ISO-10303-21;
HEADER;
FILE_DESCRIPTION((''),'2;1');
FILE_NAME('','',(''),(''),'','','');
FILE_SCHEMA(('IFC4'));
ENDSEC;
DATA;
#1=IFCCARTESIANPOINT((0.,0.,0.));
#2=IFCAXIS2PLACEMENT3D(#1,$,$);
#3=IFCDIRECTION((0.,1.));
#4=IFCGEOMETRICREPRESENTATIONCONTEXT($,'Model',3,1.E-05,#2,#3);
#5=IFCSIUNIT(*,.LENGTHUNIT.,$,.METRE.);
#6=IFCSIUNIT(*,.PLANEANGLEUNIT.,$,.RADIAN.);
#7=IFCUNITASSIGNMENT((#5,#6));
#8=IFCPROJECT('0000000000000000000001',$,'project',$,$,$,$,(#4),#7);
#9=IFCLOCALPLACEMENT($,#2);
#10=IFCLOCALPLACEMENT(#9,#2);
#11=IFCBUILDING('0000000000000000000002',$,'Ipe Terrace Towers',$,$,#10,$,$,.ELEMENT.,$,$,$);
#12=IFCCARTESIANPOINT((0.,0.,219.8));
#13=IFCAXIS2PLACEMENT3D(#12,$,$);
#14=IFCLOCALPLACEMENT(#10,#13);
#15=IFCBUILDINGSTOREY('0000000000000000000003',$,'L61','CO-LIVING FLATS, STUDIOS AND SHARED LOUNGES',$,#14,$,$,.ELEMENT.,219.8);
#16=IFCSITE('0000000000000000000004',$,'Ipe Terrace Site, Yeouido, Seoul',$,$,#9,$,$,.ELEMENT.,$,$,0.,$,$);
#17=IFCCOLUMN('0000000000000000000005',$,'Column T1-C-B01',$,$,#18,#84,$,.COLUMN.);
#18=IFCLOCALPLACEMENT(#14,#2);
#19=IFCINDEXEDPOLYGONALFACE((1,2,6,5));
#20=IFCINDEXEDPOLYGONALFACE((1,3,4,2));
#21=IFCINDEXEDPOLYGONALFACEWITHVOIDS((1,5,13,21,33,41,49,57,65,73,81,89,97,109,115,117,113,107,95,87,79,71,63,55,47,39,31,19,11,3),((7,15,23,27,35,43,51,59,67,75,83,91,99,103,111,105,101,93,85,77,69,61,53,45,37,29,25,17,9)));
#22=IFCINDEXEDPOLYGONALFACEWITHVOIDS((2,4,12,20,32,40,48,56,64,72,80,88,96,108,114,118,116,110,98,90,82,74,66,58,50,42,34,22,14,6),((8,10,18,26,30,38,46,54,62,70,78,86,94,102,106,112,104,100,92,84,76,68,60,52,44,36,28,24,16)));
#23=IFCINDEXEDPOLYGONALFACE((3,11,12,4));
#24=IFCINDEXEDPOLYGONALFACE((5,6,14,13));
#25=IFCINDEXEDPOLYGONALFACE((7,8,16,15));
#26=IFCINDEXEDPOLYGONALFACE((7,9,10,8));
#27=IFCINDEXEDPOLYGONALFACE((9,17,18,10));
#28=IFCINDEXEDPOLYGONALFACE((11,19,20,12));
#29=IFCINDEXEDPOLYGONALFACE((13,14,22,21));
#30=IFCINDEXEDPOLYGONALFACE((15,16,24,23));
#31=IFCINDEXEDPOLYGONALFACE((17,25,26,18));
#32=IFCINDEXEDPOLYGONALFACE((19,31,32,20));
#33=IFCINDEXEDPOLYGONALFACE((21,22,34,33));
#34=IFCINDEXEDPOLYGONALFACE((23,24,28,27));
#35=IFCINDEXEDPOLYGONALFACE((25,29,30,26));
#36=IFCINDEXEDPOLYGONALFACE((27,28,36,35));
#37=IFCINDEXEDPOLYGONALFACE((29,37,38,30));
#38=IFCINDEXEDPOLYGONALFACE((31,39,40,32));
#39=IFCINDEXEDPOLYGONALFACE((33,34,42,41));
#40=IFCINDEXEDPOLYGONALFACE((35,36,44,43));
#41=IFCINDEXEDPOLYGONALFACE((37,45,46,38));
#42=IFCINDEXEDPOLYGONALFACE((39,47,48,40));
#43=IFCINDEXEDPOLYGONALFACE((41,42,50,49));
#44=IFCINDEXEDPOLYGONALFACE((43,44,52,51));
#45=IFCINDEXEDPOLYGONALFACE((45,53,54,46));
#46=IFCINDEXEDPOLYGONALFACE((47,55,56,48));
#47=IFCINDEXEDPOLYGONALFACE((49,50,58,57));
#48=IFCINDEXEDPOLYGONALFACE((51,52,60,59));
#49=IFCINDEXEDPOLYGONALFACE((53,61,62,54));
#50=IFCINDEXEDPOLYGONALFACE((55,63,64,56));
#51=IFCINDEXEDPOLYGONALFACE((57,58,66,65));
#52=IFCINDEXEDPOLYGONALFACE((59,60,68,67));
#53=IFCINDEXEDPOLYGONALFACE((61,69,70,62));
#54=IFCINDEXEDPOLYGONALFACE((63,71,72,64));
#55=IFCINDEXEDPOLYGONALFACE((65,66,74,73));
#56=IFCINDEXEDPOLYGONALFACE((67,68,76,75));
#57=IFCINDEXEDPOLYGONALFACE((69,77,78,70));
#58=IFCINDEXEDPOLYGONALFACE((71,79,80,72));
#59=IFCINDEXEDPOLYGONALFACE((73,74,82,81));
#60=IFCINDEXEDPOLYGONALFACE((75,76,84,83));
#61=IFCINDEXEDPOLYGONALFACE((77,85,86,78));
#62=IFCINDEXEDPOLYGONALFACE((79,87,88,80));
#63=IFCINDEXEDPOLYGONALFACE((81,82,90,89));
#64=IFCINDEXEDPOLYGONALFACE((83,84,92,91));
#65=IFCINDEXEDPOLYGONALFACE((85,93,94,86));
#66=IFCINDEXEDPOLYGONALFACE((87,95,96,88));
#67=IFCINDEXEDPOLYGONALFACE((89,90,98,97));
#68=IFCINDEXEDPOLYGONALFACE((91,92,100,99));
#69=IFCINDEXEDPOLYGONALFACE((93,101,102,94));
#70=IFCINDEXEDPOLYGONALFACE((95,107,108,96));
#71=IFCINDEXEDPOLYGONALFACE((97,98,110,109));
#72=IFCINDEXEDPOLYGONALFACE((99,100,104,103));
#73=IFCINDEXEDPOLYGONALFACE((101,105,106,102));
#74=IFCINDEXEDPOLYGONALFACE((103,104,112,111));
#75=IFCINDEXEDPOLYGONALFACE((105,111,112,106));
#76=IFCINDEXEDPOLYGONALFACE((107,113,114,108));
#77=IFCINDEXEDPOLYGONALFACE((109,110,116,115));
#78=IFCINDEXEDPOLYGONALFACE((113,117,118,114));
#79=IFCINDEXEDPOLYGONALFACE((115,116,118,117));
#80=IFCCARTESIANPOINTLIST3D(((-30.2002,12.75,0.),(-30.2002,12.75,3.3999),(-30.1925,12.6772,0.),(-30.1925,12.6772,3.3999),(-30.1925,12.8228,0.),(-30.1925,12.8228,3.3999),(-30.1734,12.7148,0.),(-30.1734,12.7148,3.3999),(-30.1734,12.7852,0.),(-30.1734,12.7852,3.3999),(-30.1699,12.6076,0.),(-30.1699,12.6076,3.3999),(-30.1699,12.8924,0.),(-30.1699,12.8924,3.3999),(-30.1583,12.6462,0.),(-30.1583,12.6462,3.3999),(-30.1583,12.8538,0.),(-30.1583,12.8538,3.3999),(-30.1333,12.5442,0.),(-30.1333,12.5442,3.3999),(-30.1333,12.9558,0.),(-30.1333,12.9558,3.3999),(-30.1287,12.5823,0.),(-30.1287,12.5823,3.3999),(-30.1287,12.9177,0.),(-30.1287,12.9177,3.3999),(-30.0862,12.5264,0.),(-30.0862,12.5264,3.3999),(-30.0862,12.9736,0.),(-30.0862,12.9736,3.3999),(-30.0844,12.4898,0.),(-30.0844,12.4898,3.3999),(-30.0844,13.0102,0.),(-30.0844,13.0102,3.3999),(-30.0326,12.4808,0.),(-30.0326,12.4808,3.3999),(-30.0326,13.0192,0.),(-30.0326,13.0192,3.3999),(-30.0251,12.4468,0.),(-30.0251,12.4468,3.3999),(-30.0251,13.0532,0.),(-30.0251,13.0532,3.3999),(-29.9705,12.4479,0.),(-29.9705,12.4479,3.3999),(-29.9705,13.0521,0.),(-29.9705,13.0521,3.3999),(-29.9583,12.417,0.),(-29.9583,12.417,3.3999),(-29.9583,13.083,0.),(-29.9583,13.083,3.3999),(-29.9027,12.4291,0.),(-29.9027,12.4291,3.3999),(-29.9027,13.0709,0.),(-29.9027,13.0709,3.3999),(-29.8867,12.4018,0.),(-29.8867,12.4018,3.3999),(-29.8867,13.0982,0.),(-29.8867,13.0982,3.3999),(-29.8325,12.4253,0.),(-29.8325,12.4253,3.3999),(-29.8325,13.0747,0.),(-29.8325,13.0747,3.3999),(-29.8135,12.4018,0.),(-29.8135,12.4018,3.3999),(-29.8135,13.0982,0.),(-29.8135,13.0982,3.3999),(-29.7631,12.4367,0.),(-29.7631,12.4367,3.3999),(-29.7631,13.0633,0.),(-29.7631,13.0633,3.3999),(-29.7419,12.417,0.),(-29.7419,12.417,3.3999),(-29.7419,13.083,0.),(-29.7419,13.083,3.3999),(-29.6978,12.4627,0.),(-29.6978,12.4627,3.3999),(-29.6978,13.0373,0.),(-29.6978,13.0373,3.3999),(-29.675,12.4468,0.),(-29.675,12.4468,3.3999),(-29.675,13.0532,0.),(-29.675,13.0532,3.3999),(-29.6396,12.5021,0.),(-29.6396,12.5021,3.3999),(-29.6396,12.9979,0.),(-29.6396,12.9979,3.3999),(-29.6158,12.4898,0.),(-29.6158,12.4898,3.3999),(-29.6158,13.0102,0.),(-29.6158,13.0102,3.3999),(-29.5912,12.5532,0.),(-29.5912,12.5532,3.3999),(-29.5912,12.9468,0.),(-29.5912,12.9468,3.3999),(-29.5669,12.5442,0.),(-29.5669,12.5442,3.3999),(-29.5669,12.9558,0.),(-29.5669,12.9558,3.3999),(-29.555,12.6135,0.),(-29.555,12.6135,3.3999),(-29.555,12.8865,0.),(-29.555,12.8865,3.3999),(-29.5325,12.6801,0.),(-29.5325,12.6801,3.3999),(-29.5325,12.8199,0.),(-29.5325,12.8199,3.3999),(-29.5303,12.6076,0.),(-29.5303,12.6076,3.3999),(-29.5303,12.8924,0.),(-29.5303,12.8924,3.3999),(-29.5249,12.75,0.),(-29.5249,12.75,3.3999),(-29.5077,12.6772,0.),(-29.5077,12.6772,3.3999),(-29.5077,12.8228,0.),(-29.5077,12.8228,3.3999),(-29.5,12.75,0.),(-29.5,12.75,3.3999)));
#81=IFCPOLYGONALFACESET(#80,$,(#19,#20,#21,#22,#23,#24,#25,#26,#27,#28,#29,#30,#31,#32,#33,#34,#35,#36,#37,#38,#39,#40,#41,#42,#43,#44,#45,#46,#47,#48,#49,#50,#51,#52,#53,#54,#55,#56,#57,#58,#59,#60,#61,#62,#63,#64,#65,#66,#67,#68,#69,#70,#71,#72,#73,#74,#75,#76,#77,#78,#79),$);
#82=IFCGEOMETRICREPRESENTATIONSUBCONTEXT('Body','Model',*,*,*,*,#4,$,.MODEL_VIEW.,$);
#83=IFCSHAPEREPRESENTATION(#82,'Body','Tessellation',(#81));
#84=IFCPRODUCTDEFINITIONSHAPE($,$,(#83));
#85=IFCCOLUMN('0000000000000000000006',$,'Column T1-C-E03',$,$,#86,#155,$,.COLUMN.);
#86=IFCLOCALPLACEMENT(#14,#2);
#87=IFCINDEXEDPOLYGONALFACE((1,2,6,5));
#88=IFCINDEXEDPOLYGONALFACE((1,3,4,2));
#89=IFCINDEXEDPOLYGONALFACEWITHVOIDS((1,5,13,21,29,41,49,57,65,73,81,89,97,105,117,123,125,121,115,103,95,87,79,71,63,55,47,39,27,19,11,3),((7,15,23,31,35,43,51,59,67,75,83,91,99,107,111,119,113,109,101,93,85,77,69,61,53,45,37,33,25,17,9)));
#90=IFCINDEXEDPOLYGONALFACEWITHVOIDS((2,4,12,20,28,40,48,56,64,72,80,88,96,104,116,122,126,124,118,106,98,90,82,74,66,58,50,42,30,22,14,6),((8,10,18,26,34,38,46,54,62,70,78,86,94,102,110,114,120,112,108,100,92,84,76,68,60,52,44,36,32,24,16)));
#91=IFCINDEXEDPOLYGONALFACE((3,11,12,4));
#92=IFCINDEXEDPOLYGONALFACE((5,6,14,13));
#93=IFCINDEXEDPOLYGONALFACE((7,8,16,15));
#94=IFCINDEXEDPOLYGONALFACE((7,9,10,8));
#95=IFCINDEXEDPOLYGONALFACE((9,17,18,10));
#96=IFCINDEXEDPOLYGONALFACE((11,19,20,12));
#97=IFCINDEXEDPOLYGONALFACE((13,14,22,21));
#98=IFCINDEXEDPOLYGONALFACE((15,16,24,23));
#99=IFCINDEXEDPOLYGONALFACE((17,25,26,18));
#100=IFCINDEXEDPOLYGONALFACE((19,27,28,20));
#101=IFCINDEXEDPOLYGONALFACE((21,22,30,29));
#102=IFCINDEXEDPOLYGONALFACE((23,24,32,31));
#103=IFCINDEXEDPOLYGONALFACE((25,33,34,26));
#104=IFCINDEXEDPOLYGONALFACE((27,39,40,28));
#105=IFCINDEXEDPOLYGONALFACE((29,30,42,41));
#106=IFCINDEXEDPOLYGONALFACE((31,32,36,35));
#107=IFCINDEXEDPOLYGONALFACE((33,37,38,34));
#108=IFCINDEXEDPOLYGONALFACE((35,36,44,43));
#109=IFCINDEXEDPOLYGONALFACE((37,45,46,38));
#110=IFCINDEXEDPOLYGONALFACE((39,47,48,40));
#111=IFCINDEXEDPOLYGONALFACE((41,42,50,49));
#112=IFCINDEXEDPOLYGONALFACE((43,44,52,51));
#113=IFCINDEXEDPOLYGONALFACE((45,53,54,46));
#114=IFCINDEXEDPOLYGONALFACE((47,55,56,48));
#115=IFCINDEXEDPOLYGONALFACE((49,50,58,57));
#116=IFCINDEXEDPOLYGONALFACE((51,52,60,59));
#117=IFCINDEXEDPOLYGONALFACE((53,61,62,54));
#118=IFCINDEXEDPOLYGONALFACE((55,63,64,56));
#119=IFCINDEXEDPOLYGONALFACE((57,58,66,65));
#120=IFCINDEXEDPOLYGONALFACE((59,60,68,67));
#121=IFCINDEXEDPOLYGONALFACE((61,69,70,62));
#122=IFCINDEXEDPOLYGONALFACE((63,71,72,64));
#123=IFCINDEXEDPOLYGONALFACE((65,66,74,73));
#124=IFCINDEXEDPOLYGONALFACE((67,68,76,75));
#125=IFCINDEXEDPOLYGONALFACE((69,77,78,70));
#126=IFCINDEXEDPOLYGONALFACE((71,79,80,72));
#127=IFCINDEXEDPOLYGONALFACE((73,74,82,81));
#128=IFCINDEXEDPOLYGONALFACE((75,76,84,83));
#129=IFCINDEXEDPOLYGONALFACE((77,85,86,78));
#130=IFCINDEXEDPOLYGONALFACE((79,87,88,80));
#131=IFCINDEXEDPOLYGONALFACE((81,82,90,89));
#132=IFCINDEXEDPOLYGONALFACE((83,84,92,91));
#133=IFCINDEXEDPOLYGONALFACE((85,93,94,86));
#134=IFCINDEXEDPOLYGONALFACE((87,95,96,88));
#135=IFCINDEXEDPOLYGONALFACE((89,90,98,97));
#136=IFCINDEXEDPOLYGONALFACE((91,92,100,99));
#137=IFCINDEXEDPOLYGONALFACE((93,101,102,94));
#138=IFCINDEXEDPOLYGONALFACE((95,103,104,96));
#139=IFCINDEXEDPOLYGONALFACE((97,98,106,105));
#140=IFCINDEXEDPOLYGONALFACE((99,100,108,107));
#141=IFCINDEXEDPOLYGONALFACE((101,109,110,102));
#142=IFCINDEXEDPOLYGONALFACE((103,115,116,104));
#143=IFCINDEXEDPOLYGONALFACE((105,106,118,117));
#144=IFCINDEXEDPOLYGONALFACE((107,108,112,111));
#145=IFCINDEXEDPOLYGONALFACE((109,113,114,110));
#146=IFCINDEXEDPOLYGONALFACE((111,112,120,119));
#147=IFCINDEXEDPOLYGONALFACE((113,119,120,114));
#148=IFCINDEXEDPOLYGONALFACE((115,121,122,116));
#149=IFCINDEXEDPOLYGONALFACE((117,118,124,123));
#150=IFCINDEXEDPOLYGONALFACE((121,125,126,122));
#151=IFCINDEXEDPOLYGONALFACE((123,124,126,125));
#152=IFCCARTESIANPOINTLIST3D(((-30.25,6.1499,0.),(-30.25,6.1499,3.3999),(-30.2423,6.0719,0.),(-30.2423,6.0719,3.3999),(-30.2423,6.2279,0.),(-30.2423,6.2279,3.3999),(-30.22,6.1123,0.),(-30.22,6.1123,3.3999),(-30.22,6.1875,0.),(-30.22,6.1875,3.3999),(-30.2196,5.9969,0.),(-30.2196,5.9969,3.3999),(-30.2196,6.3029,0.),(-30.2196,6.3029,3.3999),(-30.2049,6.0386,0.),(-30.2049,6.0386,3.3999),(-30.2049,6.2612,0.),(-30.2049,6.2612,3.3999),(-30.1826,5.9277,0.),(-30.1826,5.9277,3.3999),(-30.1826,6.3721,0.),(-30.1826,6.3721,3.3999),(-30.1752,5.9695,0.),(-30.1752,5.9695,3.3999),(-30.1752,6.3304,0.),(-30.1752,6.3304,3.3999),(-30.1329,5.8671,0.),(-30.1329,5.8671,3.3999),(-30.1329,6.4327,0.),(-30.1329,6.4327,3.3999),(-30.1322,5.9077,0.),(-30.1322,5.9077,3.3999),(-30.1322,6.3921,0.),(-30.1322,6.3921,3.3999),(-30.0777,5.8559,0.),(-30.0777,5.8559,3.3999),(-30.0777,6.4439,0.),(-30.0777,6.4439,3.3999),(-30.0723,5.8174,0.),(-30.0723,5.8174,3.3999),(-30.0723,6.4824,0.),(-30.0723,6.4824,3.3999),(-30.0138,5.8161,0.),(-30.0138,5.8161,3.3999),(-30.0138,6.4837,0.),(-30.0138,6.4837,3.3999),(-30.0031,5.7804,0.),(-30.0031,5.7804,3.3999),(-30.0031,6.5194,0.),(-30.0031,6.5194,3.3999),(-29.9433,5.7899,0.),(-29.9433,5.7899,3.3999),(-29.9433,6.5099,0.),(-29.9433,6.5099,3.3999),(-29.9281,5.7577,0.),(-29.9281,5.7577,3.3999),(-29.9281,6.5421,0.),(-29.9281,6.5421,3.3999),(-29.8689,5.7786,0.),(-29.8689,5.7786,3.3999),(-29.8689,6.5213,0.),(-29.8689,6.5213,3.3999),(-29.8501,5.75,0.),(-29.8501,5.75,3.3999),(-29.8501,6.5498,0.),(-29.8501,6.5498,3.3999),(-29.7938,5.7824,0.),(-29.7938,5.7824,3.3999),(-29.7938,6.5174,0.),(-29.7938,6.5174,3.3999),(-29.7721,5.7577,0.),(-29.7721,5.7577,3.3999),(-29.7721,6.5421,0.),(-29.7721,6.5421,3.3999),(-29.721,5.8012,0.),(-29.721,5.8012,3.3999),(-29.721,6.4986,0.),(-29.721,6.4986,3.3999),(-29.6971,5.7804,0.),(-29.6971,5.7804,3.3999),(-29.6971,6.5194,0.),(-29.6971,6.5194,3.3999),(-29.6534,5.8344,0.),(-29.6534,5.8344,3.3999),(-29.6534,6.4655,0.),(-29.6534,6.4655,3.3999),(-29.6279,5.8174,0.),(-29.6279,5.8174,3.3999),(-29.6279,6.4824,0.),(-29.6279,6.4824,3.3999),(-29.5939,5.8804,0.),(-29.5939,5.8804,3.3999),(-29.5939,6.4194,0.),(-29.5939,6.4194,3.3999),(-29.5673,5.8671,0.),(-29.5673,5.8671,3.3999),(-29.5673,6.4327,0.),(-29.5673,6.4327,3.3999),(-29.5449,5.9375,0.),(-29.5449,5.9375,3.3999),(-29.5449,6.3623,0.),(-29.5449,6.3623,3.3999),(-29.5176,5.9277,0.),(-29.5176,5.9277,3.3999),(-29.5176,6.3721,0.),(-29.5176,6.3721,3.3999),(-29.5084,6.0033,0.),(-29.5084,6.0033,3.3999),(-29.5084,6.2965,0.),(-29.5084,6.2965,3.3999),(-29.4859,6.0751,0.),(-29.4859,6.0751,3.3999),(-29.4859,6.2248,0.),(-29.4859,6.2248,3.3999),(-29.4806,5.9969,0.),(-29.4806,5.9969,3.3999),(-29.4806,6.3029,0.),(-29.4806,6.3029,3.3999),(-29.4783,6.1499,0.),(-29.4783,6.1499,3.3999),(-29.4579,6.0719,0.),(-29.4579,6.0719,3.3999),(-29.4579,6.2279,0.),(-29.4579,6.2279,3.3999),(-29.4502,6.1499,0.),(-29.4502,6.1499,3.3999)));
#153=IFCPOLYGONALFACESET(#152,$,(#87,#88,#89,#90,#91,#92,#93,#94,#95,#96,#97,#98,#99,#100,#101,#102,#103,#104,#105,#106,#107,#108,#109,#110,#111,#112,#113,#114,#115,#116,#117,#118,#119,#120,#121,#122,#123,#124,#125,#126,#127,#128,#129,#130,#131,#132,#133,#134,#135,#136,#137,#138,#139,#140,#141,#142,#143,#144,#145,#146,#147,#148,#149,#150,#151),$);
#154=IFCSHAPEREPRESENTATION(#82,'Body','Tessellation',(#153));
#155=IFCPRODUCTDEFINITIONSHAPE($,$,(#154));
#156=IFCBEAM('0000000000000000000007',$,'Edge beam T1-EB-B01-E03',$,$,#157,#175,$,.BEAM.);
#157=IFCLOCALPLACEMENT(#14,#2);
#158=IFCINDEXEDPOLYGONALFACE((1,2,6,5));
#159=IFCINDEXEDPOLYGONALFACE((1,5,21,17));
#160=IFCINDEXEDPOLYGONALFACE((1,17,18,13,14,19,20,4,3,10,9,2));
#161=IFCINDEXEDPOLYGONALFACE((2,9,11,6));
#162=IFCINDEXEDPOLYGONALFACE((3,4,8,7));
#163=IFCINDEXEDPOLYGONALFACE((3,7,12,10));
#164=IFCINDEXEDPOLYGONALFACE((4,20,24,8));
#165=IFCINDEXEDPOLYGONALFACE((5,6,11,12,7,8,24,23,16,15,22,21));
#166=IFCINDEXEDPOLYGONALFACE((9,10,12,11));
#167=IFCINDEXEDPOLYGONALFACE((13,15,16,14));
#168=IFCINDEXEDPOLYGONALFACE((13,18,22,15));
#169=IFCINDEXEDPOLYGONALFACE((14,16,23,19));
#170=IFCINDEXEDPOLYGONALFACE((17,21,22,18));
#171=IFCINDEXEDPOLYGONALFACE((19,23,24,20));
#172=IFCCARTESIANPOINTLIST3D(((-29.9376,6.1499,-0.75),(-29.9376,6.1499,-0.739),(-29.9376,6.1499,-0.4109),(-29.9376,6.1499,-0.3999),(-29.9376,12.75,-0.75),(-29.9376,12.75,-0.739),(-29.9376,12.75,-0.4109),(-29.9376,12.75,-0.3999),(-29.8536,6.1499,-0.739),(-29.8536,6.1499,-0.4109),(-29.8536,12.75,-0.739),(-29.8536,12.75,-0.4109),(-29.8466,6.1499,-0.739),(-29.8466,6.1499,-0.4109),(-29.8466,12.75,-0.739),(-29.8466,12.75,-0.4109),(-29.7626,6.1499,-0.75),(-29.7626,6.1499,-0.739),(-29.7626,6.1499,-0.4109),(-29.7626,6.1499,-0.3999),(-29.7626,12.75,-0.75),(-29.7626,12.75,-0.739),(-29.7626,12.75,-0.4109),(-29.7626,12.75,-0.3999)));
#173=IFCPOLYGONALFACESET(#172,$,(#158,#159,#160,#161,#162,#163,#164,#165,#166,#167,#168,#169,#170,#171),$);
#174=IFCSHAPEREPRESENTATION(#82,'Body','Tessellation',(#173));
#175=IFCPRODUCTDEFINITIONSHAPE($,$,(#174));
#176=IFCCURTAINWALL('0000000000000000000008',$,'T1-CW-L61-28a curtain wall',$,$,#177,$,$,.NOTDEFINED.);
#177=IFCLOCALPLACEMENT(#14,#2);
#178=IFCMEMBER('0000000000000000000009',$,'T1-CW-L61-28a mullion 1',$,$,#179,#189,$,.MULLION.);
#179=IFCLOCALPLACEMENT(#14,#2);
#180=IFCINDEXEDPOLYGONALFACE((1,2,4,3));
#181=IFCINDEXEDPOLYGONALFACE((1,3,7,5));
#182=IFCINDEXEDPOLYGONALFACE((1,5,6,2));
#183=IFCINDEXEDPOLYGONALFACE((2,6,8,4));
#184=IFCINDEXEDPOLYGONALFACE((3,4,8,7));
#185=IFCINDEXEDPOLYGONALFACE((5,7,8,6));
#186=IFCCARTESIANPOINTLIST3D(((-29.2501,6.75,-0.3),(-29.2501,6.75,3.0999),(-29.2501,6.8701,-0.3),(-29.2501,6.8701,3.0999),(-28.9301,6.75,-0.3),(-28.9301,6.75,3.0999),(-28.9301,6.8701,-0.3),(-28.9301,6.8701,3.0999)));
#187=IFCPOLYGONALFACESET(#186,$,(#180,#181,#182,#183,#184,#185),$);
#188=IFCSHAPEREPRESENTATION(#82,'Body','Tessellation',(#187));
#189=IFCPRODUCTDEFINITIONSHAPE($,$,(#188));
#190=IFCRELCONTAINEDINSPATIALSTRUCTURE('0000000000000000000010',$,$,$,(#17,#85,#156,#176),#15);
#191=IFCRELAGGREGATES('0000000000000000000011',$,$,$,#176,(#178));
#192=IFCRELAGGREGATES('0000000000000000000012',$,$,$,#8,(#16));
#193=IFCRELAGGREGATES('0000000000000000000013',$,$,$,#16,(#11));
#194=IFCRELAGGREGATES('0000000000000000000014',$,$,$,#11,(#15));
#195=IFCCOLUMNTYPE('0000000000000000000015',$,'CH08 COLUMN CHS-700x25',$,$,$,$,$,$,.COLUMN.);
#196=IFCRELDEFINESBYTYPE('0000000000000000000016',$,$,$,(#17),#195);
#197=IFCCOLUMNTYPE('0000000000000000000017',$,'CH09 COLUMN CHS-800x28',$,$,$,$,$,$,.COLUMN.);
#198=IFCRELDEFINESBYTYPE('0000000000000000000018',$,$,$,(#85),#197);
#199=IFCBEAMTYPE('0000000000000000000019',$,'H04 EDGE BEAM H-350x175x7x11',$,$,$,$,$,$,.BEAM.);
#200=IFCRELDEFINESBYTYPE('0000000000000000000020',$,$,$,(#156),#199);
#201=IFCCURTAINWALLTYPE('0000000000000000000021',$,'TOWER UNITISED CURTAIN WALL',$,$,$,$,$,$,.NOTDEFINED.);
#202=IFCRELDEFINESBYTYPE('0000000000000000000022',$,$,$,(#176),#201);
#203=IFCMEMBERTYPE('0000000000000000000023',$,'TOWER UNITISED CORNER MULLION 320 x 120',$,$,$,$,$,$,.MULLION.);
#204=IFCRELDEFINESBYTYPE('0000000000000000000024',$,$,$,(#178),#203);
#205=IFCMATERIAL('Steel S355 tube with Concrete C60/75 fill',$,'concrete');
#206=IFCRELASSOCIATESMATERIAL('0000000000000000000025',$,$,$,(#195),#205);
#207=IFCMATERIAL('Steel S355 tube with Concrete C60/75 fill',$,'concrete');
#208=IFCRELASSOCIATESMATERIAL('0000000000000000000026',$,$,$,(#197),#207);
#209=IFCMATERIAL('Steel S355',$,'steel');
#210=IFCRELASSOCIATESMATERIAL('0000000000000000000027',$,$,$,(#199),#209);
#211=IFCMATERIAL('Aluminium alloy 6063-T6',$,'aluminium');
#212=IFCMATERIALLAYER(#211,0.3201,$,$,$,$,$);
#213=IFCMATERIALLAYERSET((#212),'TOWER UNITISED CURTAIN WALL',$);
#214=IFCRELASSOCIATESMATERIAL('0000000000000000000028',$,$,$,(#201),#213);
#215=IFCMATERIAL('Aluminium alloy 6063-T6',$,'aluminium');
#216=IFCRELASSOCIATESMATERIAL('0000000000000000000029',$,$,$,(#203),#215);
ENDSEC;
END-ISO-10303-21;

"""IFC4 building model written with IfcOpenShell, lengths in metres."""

from ifc_helpers import new_model, si_unit, direction, frame, origin, origin_2d, place, context, subcontext, project, spatial, rectangle, hollow_circle, i_section, extrude, material, layer, layer_set, material_profile, profile_set, type_object, element, aggregate, save


model = new_model("IFC4")

# Units and contexts
model_context = context("Model", 3, precision=1e-05, world=origin(), true_north=direction((0.0, 1.0)))
body_context = subcontext(model_context, "Body", "Model", "MODEL_VIEW")
ifc_project = project(units=[si_unit("LENGTHUNIT", "METRE"), si_unit("PLANEANGLEUNIT", "RADIAN")], contexts=[model_context])

# Site, building, storey
site_placement = place(None, origin())
site = spatial("IfcSite", under=ifc_project, at=site_placement, Name="Ipe Terrace Site, Yeouido, Seoul", CompositionType="ELEMENT", RefElevation=0.0)
building_placement = place(site_placement, origin())
building = spatial("IfcBuilding", under=site, at=building_placement, Name="Ipe Terrace Towers", CompositionType="ELEMENT")
storey_placement = place(building_placement, frame((0.0, 0.0, 219.8)))
storey = spatial("IfcBuildingStorey", under=building, at=storey_placement, Name="L61", Description="CO-LIVING FLATS, STUDIOS AND SHARED LOUNGES", CompositionType="ELEMENT", Elevation=219.8)

# Columns
ifc_material_1 = material(Name="Steel S355 tube with Concrete C60/75 fill", Category="concrete")
ifc_material_profile_1 = material_profile(ifc_material_1, hollow_circle(Radius=0.3501, WallThickness=0.0249, at=origin_2d()), Name="CHS-700x25")
ifc_profile_set_1 = profile_set([ifc_material_profile_1], Name="Steel S355 tube with Concrete C60/75 fill")
column_type_1 = type_object("IfcColumnType", Name="CH08 COLUMN CHS-700x25", PredefinedType="COLUMN", material=ifc_profile_set_1)
column_1_placement = place(storey_placement, frame((-29.8501, 12.75, 0.0), z_axis=(0.0, 0.0, 1.0), x_axis=(1.0, 0.0, 0.0)))
element("IfcColumn", 1, at=column_1_placement, inside=storey, type_object=column_type_1, Name="Column T1-C-B01", PredefinedType="COLUMN", context=body_context, shape_type="SweptSolid", body=[
    extrude(hollow_circle(Radius=0.3501, WallThickness=0.0249, at=origin_2d()), origin(), (0.0, 0.0, 1.0), 3.3999),
])
ifc_material_2 = material(Name="Steel S355 tube with Concrete C60/75 fill", Category="concrete")
ifc_material_profile_2 = material_profile(ifc_material_2, hollow_circle(Radius=0.3999, WallThickness=0.0281, at=origin_2d()), Name="CHS-800x28")
ifc_profile_set_2 = profile_set([ifc_material_profile_2], Name="Steel S355 tube with Concrete C60/75 fill")
column_type_2 = type_object("IfcColumnType", Name="CH09 COLUMN CHS-800x28", PredefinedType="COLUMN", material=ifc_profile_set_2)
column_2_placement = place(storey_placement, frame((-29.8501, 6.1499, 0.0), z_axis=(0.0, 0.0, 1.0), x_axis=(1.0, 0.0, 0.0)))
element("IfcColumn", 2, at=column_2_placement, inside=storey, type_object=column_type_2, Name="Column T1-C-E03", PredefinedType="COLUMN", context=body_context, shape_type="SweptSolid", body=[
    extrude(hollow_circle(Radius=0.3999, WallThickness=0.0281, at=origin_2d()), origin(), (0.0, 0.0, 1.0), 3.3999),
])

# Beam
ifc_material_3 = material(Name="Steel S355", Category="steel")
ifc_material_profile_3 = material_profile(ifc_material_3, i_section(OverallWidth=0.175, OverallDepth=0.3501, WebThickness=0.0071, FlangeThickness=0.011, at=origin_2d()), Name="H-350x175x7x11")
ifc_profile_set_3 = profile_set([ifc_material_profile_3], Name="Steel S355")
beam_type = type_object("IfcBeamType", Name="H04 EDGE BEAM H-350x175x7x11", PredefinedType="BEAM", material=ifc_profile_set_3)
beam_placement = place(storey_placement, frame((-29.8501, 12.75, -0.575), z_axis=(0.0, -1.0, 0.0), x_axis=(1.0, 0.0, 0.0)))
element("IfcBeam", 3, at=beam_placement, inside=storey, type_object=beam_type, Name="Edge beam T1-EB-B01-E03", PredefinedType="BEAM", context=body_context, shape_type="SweptSolid", body=[
    extrude(i_section(OverallWidth=0.175, OverallDepth=0.3501, WebThickness=0.0071, FlangeThickness=0.011, at=origin_2d()), origin(), (0.0, 0.0, 1.0), 6.6001),
])

# Curtain wall, member
ifc_material_4 = material(Name="Aluminium alloy 6063-T6", Category="aluminium")
ifc_layer_1 = layer(ifc_material_4, 0.3201)
ifc_layer_set_1 = layer_set([ifc_layer_1], Name="TOWER UNITISED CURTAIN WALL")
curtain_wall_type = type_object("IfcCurtainWallType", Name="TOWER UNITISED CURTAIN WALL", PredefinedType="NOTDEFINED", material=ifc_layer_set_1)
curtain_wall_placement = place(storey_placement, origin())
curtain_wall = element("IfcCurtainWall", 4, at=curtain_wall_placement, inside=storey, type_object=curtain_wall_type, Name="T1-CW-L61-28a curtain wall", PredefinedType="NOTDEFINED")
ifc_material_5 = material(Name="Aluminium alloy 6063-T6", Category="aluminium")
ifc_material_profile_4 = material_profile(ifc_material_5, rectangle(XDim=0.3201, YDim=0.1201, at=origin_2d()), Name="TOWER UNITISED CORNER MULLION 320 x 120")
ifc_profile_set_4 = profile_set([ifc_material_profile_4], Name="Aluminium alloy 6063-T6")
member_type = type_object("IfcMemberType", Name="TOWER UNITISED CORNER MULLION 320 x 120", PredefinedType="MULLION", material=ifc_profile_set_4)
member_1_placement = place(storey_placement, frame((-29.0901, 6.8101, -0.3), z_axis=(0.0, 0.0, 1.0), x_axis=(1.0, 0.0, 0.0)))
member_1 = element("IfcMember", 5, at=member_1_placement, type_object=member_type, Name="T1-CW-L61-28a mullion 1", PredefinedType="MULLION", context=body_context, shape_type="SweptSolid", body=[
    extrude(rectangle(XDim=0.3201, YDim=0.1201, at=origin_2d()), origin(), (0.0, 0.0, 1.0), 3.3999),
])
aggregate(curtain_wall, [member_1])

save(model, "model.ifc")
